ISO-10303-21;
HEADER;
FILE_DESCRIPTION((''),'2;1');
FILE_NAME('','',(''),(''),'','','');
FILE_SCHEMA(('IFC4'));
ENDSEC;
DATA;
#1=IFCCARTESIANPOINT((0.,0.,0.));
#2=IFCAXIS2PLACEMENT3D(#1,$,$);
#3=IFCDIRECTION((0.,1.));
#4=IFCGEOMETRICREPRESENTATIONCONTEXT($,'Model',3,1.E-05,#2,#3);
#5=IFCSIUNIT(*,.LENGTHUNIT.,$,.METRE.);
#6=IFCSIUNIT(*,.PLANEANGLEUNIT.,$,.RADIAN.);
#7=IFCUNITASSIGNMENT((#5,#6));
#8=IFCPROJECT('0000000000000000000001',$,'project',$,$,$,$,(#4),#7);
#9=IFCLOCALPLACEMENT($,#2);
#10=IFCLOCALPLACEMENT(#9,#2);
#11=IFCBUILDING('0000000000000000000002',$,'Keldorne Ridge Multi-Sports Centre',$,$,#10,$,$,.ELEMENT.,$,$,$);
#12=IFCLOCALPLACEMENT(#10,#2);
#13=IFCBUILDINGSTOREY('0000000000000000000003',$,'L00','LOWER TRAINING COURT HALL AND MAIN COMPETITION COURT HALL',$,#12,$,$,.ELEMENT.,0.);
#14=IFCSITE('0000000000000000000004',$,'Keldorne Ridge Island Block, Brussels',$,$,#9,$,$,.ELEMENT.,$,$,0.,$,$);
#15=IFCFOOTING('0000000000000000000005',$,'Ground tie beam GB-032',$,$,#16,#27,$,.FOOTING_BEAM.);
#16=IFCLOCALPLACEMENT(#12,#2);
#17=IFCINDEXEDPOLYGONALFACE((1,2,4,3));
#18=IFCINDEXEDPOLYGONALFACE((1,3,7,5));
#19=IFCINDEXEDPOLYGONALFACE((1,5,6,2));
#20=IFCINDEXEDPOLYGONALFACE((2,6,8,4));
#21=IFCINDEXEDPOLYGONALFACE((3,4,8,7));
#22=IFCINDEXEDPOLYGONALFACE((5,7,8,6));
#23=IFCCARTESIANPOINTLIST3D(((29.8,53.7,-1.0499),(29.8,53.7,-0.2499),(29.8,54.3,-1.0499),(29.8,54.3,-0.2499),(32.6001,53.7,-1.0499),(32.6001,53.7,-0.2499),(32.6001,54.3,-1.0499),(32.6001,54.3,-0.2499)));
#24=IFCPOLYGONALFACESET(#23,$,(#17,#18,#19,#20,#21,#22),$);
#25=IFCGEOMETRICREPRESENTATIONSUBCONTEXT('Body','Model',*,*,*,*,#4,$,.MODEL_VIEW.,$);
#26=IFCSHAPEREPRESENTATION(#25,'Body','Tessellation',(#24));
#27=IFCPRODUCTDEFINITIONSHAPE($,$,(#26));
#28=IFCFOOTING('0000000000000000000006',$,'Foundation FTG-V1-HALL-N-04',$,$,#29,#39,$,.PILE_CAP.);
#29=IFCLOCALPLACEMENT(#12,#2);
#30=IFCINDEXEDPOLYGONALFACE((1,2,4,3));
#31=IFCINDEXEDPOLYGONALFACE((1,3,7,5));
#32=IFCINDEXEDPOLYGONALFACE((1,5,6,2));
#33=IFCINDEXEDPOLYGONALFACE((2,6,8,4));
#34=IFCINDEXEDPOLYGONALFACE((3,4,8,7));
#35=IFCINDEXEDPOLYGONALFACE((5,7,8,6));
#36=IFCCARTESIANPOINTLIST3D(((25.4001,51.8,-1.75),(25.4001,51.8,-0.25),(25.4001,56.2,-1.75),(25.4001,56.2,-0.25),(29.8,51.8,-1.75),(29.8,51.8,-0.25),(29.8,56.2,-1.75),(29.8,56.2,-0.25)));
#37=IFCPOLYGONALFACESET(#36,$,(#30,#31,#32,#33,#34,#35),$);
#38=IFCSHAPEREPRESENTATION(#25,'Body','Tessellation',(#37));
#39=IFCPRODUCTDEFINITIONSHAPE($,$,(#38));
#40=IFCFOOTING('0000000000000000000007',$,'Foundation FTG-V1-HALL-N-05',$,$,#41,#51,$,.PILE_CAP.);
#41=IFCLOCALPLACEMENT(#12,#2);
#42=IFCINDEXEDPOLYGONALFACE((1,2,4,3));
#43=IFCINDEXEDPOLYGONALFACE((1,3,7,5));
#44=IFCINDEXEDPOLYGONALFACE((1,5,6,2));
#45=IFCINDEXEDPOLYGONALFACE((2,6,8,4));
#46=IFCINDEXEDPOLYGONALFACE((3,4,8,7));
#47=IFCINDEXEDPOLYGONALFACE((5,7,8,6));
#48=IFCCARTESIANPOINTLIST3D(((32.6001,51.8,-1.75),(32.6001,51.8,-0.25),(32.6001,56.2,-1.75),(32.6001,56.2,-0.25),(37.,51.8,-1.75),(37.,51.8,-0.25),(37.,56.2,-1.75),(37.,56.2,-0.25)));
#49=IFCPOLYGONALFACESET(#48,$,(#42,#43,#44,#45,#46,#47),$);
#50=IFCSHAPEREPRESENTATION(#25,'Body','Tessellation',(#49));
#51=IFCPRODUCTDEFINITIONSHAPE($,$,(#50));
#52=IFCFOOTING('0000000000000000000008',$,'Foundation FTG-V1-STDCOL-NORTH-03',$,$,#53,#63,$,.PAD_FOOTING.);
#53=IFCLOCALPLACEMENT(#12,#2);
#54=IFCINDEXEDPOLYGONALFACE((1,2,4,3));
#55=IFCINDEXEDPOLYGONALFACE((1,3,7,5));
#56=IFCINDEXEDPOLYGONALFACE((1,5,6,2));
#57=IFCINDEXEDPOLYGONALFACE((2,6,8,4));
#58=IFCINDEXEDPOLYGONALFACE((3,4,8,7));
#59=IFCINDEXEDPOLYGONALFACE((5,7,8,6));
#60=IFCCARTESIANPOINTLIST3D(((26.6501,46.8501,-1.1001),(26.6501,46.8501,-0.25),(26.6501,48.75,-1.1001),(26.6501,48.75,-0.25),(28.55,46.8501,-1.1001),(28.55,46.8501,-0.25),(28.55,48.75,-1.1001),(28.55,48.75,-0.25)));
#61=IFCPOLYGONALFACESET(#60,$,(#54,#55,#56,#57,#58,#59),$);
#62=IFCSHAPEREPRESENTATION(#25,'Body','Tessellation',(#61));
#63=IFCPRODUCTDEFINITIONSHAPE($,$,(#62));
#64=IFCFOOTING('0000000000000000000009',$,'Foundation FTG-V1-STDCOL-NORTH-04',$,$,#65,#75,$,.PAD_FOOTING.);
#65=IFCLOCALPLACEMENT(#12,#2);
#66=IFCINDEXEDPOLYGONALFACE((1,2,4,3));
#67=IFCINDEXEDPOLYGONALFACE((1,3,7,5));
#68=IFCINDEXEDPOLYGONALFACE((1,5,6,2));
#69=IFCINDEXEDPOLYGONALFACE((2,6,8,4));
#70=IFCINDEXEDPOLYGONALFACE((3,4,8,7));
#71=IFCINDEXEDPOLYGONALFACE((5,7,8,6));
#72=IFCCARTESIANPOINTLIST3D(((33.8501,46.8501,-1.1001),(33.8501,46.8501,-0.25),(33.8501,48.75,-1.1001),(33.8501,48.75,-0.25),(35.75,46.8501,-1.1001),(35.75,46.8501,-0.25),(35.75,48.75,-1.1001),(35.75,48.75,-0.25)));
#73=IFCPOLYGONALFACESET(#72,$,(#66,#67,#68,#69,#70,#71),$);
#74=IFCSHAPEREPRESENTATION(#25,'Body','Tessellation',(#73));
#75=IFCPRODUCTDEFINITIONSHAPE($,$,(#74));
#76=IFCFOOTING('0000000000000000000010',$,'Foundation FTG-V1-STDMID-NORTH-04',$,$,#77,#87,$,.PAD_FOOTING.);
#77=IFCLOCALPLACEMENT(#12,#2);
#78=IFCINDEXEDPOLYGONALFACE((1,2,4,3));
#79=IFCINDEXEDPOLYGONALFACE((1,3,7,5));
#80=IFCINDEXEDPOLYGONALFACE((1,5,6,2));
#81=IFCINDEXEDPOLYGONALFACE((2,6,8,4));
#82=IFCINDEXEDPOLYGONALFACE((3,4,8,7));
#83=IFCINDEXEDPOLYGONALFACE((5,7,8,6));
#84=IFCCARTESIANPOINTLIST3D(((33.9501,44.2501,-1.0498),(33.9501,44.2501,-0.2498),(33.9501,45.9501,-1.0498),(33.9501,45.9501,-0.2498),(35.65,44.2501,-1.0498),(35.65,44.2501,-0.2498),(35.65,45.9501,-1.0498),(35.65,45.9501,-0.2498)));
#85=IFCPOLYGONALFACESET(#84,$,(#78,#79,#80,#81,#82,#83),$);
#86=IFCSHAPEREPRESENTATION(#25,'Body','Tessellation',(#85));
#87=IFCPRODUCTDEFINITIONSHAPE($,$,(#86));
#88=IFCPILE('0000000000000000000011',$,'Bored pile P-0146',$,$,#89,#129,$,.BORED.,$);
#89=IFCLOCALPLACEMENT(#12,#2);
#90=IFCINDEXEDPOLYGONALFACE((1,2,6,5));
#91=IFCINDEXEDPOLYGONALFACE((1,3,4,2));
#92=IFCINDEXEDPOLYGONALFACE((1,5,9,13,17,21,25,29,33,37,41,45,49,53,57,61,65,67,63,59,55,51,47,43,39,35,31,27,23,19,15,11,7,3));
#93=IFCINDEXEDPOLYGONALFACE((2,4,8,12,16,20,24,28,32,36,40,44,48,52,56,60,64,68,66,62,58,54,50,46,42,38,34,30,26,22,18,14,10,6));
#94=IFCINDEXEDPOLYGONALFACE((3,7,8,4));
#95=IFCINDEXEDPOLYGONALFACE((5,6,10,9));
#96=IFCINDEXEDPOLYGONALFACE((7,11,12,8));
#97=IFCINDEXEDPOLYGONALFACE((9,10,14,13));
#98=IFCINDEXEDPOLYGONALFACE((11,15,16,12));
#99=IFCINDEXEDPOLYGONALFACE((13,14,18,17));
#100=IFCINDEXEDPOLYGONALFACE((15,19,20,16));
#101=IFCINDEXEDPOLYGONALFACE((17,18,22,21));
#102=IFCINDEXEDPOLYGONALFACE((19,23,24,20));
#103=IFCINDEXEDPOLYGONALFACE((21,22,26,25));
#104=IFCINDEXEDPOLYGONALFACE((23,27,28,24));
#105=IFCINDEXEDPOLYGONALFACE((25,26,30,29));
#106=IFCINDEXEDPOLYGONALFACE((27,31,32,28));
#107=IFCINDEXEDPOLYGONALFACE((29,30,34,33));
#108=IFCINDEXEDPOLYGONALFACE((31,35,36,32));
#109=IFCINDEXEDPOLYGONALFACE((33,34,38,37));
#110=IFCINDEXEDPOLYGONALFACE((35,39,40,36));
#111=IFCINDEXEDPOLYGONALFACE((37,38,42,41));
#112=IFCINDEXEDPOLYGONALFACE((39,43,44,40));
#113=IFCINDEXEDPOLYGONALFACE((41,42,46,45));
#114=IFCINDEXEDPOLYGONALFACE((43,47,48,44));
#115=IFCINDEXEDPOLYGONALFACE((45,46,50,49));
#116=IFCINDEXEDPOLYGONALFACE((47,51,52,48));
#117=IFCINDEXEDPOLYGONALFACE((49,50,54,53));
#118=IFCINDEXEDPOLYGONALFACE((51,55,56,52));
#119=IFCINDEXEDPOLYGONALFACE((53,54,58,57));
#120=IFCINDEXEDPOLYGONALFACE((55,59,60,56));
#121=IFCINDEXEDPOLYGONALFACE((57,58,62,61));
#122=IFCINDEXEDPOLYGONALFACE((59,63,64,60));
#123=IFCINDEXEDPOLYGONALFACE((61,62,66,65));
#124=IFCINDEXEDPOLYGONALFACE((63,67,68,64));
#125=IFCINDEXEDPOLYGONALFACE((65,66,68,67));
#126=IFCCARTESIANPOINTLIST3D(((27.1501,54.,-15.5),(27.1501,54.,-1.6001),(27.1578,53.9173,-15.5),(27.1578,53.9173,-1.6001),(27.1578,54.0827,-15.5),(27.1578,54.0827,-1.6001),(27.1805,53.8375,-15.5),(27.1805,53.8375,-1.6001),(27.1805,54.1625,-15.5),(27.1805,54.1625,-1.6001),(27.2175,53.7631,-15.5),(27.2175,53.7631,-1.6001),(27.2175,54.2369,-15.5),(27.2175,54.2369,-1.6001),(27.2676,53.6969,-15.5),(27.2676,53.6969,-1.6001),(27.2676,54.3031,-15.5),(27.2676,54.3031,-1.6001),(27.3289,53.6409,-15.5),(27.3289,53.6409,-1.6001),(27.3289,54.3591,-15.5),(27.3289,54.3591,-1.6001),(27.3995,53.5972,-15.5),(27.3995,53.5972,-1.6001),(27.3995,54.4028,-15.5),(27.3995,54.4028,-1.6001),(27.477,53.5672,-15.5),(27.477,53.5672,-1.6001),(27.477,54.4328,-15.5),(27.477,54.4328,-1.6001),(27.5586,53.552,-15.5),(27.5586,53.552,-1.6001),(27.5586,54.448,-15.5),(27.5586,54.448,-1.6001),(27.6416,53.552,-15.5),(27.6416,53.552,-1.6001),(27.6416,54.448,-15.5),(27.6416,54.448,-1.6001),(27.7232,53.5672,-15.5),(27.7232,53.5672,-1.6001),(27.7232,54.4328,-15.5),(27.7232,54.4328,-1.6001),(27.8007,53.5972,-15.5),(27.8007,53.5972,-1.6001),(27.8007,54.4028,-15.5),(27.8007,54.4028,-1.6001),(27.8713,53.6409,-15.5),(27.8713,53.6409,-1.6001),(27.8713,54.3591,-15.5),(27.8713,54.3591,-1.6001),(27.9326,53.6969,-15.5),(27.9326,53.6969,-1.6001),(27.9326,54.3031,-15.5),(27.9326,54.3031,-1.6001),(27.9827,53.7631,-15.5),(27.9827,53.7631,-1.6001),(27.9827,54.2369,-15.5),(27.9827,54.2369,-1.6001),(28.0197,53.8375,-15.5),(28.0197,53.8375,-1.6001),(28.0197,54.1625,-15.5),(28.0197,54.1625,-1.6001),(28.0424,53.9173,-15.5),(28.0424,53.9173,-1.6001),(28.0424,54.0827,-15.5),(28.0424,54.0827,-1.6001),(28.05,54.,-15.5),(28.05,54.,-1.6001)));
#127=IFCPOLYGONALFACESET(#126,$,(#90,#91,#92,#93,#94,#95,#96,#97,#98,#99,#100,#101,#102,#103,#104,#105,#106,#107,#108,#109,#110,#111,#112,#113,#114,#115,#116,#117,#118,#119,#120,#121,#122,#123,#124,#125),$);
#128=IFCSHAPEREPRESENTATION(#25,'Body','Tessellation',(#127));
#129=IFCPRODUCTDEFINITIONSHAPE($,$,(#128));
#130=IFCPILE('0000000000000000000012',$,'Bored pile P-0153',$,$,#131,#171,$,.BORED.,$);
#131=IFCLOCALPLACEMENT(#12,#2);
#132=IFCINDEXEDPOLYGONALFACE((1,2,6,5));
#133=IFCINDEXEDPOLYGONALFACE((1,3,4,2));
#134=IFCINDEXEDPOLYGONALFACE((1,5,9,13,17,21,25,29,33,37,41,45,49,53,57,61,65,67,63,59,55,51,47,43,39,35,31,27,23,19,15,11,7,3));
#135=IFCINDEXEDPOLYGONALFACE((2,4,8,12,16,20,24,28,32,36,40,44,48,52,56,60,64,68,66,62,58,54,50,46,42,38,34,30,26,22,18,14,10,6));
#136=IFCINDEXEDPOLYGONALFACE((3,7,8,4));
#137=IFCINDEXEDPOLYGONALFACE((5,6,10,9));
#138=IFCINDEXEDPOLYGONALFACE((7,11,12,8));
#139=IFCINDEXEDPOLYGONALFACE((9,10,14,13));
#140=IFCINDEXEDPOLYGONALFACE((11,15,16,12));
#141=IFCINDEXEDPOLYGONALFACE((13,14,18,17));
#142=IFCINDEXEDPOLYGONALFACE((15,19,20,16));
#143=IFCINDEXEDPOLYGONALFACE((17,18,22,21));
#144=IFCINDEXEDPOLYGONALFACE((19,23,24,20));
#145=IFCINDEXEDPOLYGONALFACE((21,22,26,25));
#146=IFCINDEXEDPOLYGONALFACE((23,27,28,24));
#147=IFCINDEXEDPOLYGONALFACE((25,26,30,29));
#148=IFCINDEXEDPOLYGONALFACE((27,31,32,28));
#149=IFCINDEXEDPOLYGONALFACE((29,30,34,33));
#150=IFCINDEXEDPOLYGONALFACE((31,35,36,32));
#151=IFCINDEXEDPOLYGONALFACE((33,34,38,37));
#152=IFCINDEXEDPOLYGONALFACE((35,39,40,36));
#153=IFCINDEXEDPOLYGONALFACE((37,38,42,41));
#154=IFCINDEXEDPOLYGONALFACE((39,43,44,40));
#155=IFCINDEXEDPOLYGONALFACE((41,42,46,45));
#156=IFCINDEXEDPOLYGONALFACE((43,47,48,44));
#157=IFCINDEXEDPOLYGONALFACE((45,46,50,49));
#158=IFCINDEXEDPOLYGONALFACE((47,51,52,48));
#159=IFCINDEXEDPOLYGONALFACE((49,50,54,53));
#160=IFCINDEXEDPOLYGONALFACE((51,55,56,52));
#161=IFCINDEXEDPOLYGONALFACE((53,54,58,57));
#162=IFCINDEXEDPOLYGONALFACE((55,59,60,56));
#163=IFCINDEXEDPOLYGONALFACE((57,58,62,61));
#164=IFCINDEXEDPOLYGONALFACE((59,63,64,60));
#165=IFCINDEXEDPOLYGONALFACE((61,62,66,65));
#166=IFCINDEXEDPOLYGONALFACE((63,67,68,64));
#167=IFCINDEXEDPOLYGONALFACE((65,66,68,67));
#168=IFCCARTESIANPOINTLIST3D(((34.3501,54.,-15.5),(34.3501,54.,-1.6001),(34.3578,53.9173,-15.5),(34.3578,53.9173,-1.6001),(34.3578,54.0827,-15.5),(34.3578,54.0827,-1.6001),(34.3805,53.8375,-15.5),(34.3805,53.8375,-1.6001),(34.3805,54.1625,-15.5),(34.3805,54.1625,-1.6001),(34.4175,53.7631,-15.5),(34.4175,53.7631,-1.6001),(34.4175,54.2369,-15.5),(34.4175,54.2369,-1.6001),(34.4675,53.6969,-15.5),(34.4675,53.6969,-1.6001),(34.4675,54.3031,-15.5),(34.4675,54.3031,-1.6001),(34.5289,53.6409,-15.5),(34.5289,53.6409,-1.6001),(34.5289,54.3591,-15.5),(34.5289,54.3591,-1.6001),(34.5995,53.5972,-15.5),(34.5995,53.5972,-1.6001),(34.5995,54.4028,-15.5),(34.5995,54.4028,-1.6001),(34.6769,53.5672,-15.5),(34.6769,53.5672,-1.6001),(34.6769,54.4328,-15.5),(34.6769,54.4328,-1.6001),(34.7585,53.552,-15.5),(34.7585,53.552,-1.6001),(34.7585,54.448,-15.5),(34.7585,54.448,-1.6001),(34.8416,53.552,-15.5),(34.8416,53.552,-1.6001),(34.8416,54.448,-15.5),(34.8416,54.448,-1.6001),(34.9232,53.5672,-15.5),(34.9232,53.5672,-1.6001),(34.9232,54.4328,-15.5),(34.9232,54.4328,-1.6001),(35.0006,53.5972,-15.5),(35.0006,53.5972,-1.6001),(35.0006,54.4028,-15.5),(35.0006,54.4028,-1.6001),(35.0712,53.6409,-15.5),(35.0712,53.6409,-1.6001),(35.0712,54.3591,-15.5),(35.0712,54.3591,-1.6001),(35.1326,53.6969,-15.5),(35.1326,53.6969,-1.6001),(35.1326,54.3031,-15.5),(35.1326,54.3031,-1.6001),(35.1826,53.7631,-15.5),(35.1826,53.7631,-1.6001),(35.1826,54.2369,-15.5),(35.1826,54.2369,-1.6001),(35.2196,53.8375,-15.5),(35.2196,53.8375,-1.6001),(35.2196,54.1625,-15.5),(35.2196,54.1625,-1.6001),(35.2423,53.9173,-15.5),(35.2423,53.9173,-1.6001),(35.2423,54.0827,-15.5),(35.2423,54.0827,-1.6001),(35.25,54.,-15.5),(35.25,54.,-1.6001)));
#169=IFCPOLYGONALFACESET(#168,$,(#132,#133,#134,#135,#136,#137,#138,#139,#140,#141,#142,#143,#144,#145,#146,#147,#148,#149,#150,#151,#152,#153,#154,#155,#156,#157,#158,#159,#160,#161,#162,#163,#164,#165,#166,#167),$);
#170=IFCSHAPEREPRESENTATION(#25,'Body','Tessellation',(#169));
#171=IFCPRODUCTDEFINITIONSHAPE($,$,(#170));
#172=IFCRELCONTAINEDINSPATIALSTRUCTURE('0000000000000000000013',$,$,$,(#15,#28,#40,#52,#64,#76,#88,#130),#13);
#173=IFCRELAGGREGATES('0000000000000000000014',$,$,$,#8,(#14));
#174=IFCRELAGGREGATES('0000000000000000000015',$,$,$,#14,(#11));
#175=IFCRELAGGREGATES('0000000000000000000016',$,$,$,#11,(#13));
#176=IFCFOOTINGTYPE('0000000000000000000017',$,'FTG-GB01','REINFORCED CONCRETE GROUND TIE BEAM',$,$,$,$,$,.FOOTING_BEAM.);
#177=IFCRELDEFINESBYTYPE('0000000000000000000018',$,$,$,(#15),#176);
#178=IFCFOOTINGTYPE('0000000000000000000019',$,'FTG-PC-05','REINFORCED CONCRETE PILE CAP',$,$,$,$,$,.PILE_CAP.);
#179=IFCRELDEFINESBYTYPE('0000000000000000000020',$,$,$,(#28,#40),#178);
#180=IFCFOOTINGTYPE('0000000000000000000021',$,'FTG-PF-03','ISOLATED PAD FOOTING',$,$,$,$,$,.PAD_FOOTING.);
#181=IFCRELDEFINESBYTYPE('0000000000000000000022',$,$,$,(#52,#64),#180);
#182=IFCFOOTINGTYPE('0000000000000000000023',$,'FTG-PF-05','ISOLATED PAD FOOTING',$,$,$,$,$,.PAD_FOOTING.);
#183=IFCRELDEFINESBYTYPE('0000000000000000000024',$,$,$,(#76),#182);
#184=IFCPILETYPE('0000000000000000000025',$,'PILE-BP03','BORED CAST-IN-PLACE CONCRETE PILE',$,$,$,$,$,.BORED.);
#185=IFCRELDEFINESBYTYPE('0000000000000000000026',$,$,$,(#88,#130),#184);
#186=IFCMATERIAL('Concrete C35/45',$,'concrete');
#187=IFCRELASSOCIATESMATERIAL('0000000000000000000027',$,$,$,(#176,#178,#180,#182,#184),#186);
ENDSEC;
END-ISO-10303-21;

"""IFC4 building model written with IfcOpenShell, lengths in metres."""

from ifc_helpers import new_model, si_unit, direction, frame, origin, origin_2d, place, context, subcontext, project, spatial, rectangle, circle, extrude, material, material_profile, profile_set, type_object, element, save


model = new_model("IFC4")

# Units and contexts
model_context = context("Model", 3, precision=1e-05, world=origin(), true_north=direction((0.0, 1.0)))
body_context = subcontext(model_context, "Body", "Model", "MODEL_VIEW")
ifc_project = project(units=[si_unit("LENGTHUNIT", "METRE"), si_unit("PLANEANGLEUNIT", "RADIAN")], contexts=[model_context])

# Site, building, storey
site_placement = place(None, origin())
site = spatial("IfcSite", under=ifc_project, at=site_placement, Name="Keldorne Ridge Island Block, Brussels", CompositionType="ELEMENT", RefElevation=0.0)
building_placement = place(site_placement, origin())
building = spatial("IfcBuilding", under=site, at=building_placement, Name="Keldorne Ridge Multi-Sports Centre", CompositionType="ELEMENT")
storey_placement = place(building_placement, origin())
storey = spatial("IfcBuildingStorey", under=building, at=storey_placement, Name="L00", Description="LOWER TRAINING COURT HALL AND MAIN COMPETITION COURT HALL", CompositionType="ELEMENT", Elevation=0.0)

# Footings
ifc_material_1 = material(Name="Concrete C35/45", Category="concrete")
ifc_material_profile_1 = material_profile(ifc_material_1, rectangle(XDim=0.6001, YDim=0.8, at=origin_2d()), Name="GB 600x800")
ifc_profile_set_1 = profile_set([ifc_material_profile_1], Name="Concrete C35/45")
footing_type_1 = type_object("IfcFootingType", Name="FTG-GB01", Description="REINFORCED CONCRETE GROUND TIE BEAM", PredefinedType="FOOTING_BEAM", material=ifc_profile_set_1)
footing_1_placement = place(storey_placement, frame((29.8, 54.0, -0.6499), z_axis=(1.0, 0.0, 0.0), x_axis=(0.0, 1.0, 0.0)))
element("IfcFooting", 1, at=footing_1_placement, inside=storey, type_object=footing_type_1, Name="Ground tie beam GB-032", PredefinedType="FOOTING_BEAM", context=body_context, shape_type="SweptSolid", body=[
    extrude(rectangle(XDim=0.6001, YDim=0.8, at=origin_2d()), origin(), (0.0, 0.0, 1.0), 2.8),
])
footing_type_2 = type_object("IfcFootingType", Name="FTG-PC-05", Description="REINFORCED CONCRETE PILE CAP", PredefinedType="PILE_CAP", material=ifc_material_1)
for number, where, z_axis, x_axis, name in (
    (2, (27.6001, 54.0, -1.75), (0.0, 0.0, 1.0), (1.0, 0.0, 0.0), "Foundation FTG-V1-HALL-N-04"),
    (3, (34.8, 54.0, -1.75), (0.0, 0.0, 1.0), (1.0, 0.0, 0.0), "Foundation FTG-V1-HALL-N-05"),
):
    element("IfcFooting", number, at=place(storey_placement, frame(where, z_axis=z_axis, x_axis=x_axis)), inside=storey, type_object=footing_type_2, Name=name, PredefinedType="PILE_CAP", context=body_context, shape_type="SweptSolid", body=[
        extrude(rectangle(XDim=4.3999, YDim=4.3999, at=origin_2d()), origin(), (0.0, 0.0, 1.0), 1.5),
    ])
footing_type_3 = type_object("IfcFootingType", Name="FTG-PF-03", Description="ISOLATED PAD FOOTING", PredefinedType="PAD_FOOTING", material=ifc_material_1)
for number, where, z_axis, x_axis, name in (
    (4, (27.6001, 47.8, -1.1001), (0.0, 0.0, 1.0), (1.0, 0.0, 0.0), "Foundation FTG-V1-STDCOL-NORTH-03"),
    (5, (34.8, 47.8, -1.1001), (0.0, 0.0, 1.0), (1.0, 0.0, 0.0), "Foundation FTG-V1-STDCOL-NORTH-04"),
):
    element("IfcFooting", number, at=place(storey_placement, frame(where, z_axis=z_axis, x_axis=x_axis)), inside=storey, type_object=footing_type_3, Name=name, PredefinedType="PAD_FOOTING", context=body_context, shape_type="SweptSolid", body=[
        extrude(rectangle(XDim=1.8999, YDim=1.8999, at=origin_2d()), origin(), (0.0, 0.0, 1.0), 0.8501),
    ])
footing_type_4 = type_object("IfcFootingType", Name="FTG-PF-05", Description="ISOLATED PAD FOOTING", PredefinedType="PAD_FOOTING", material=ifc_material_1)
footing_2_placement = place(storey_placement, frame((34.8, 45.1001, -1.0498), z_axis=(0.0, 0.0, 1.0), x_axis=(1.0, 0.0, 0.0)))
element("IfcFooting", 6, at=footing_2_placement, inside=storey, type_object=footing_type_4, Name="Foundation FTG-V1-STDMID-NORTH-04", PredefinedType="PAD_FOOTING", context=body_context, shape_type="SweptSolid", body=[
    extrude(rectangle(XDim=1.7, YDim=1.7, at=origin_2d()), origin(), (0.0, 0.0, 1.0), 0.8),
])

# Piles
ifc_material_profile_2 = material_profile(ifc_material_1, circle(Radius=0.45, at=origin_2d()), Name="BORED PILE D900")
ifc_profile_set_2 = profile_set([ifc_material_profile_2], Name="Concrete C35/45")
pile_type = type_object("IfcPileType", Name="PILE-BP03", Description="BORED CAST-IN-PLACE CONCRETE PILE", PredefinedType="BORED", material=ifc_profile_set_2)
for number, where, z_axis, x_axis, name in (
    (7, (27.6001, 54.0, -1.6001), (0.0, 0.0, -1.0), (1.0, 0.0, 0.0), "Bored pile P-0146"),
    (8, (34.8, 54.0, -1.6001), (0.0, 0.0, -1.0), (1.0, 0.0, 0.0), "Bored pile P-0153"),
):
    element("IfcPile", number, at=place(storey_placement, frame(where, z_axis=z_axis, x_axis=x_axis)), inside=storey, type_object=pile_type, Name=name, PredefinedType="BORED", context=body_context, shape_type="SweptSolid", body=[
        extrude(circle(Radius=0.45, at=origin_2d()), origin(), (0.0, 0.0, 1.0), 13.8999),
    ])

save(model, "model.ifc")
